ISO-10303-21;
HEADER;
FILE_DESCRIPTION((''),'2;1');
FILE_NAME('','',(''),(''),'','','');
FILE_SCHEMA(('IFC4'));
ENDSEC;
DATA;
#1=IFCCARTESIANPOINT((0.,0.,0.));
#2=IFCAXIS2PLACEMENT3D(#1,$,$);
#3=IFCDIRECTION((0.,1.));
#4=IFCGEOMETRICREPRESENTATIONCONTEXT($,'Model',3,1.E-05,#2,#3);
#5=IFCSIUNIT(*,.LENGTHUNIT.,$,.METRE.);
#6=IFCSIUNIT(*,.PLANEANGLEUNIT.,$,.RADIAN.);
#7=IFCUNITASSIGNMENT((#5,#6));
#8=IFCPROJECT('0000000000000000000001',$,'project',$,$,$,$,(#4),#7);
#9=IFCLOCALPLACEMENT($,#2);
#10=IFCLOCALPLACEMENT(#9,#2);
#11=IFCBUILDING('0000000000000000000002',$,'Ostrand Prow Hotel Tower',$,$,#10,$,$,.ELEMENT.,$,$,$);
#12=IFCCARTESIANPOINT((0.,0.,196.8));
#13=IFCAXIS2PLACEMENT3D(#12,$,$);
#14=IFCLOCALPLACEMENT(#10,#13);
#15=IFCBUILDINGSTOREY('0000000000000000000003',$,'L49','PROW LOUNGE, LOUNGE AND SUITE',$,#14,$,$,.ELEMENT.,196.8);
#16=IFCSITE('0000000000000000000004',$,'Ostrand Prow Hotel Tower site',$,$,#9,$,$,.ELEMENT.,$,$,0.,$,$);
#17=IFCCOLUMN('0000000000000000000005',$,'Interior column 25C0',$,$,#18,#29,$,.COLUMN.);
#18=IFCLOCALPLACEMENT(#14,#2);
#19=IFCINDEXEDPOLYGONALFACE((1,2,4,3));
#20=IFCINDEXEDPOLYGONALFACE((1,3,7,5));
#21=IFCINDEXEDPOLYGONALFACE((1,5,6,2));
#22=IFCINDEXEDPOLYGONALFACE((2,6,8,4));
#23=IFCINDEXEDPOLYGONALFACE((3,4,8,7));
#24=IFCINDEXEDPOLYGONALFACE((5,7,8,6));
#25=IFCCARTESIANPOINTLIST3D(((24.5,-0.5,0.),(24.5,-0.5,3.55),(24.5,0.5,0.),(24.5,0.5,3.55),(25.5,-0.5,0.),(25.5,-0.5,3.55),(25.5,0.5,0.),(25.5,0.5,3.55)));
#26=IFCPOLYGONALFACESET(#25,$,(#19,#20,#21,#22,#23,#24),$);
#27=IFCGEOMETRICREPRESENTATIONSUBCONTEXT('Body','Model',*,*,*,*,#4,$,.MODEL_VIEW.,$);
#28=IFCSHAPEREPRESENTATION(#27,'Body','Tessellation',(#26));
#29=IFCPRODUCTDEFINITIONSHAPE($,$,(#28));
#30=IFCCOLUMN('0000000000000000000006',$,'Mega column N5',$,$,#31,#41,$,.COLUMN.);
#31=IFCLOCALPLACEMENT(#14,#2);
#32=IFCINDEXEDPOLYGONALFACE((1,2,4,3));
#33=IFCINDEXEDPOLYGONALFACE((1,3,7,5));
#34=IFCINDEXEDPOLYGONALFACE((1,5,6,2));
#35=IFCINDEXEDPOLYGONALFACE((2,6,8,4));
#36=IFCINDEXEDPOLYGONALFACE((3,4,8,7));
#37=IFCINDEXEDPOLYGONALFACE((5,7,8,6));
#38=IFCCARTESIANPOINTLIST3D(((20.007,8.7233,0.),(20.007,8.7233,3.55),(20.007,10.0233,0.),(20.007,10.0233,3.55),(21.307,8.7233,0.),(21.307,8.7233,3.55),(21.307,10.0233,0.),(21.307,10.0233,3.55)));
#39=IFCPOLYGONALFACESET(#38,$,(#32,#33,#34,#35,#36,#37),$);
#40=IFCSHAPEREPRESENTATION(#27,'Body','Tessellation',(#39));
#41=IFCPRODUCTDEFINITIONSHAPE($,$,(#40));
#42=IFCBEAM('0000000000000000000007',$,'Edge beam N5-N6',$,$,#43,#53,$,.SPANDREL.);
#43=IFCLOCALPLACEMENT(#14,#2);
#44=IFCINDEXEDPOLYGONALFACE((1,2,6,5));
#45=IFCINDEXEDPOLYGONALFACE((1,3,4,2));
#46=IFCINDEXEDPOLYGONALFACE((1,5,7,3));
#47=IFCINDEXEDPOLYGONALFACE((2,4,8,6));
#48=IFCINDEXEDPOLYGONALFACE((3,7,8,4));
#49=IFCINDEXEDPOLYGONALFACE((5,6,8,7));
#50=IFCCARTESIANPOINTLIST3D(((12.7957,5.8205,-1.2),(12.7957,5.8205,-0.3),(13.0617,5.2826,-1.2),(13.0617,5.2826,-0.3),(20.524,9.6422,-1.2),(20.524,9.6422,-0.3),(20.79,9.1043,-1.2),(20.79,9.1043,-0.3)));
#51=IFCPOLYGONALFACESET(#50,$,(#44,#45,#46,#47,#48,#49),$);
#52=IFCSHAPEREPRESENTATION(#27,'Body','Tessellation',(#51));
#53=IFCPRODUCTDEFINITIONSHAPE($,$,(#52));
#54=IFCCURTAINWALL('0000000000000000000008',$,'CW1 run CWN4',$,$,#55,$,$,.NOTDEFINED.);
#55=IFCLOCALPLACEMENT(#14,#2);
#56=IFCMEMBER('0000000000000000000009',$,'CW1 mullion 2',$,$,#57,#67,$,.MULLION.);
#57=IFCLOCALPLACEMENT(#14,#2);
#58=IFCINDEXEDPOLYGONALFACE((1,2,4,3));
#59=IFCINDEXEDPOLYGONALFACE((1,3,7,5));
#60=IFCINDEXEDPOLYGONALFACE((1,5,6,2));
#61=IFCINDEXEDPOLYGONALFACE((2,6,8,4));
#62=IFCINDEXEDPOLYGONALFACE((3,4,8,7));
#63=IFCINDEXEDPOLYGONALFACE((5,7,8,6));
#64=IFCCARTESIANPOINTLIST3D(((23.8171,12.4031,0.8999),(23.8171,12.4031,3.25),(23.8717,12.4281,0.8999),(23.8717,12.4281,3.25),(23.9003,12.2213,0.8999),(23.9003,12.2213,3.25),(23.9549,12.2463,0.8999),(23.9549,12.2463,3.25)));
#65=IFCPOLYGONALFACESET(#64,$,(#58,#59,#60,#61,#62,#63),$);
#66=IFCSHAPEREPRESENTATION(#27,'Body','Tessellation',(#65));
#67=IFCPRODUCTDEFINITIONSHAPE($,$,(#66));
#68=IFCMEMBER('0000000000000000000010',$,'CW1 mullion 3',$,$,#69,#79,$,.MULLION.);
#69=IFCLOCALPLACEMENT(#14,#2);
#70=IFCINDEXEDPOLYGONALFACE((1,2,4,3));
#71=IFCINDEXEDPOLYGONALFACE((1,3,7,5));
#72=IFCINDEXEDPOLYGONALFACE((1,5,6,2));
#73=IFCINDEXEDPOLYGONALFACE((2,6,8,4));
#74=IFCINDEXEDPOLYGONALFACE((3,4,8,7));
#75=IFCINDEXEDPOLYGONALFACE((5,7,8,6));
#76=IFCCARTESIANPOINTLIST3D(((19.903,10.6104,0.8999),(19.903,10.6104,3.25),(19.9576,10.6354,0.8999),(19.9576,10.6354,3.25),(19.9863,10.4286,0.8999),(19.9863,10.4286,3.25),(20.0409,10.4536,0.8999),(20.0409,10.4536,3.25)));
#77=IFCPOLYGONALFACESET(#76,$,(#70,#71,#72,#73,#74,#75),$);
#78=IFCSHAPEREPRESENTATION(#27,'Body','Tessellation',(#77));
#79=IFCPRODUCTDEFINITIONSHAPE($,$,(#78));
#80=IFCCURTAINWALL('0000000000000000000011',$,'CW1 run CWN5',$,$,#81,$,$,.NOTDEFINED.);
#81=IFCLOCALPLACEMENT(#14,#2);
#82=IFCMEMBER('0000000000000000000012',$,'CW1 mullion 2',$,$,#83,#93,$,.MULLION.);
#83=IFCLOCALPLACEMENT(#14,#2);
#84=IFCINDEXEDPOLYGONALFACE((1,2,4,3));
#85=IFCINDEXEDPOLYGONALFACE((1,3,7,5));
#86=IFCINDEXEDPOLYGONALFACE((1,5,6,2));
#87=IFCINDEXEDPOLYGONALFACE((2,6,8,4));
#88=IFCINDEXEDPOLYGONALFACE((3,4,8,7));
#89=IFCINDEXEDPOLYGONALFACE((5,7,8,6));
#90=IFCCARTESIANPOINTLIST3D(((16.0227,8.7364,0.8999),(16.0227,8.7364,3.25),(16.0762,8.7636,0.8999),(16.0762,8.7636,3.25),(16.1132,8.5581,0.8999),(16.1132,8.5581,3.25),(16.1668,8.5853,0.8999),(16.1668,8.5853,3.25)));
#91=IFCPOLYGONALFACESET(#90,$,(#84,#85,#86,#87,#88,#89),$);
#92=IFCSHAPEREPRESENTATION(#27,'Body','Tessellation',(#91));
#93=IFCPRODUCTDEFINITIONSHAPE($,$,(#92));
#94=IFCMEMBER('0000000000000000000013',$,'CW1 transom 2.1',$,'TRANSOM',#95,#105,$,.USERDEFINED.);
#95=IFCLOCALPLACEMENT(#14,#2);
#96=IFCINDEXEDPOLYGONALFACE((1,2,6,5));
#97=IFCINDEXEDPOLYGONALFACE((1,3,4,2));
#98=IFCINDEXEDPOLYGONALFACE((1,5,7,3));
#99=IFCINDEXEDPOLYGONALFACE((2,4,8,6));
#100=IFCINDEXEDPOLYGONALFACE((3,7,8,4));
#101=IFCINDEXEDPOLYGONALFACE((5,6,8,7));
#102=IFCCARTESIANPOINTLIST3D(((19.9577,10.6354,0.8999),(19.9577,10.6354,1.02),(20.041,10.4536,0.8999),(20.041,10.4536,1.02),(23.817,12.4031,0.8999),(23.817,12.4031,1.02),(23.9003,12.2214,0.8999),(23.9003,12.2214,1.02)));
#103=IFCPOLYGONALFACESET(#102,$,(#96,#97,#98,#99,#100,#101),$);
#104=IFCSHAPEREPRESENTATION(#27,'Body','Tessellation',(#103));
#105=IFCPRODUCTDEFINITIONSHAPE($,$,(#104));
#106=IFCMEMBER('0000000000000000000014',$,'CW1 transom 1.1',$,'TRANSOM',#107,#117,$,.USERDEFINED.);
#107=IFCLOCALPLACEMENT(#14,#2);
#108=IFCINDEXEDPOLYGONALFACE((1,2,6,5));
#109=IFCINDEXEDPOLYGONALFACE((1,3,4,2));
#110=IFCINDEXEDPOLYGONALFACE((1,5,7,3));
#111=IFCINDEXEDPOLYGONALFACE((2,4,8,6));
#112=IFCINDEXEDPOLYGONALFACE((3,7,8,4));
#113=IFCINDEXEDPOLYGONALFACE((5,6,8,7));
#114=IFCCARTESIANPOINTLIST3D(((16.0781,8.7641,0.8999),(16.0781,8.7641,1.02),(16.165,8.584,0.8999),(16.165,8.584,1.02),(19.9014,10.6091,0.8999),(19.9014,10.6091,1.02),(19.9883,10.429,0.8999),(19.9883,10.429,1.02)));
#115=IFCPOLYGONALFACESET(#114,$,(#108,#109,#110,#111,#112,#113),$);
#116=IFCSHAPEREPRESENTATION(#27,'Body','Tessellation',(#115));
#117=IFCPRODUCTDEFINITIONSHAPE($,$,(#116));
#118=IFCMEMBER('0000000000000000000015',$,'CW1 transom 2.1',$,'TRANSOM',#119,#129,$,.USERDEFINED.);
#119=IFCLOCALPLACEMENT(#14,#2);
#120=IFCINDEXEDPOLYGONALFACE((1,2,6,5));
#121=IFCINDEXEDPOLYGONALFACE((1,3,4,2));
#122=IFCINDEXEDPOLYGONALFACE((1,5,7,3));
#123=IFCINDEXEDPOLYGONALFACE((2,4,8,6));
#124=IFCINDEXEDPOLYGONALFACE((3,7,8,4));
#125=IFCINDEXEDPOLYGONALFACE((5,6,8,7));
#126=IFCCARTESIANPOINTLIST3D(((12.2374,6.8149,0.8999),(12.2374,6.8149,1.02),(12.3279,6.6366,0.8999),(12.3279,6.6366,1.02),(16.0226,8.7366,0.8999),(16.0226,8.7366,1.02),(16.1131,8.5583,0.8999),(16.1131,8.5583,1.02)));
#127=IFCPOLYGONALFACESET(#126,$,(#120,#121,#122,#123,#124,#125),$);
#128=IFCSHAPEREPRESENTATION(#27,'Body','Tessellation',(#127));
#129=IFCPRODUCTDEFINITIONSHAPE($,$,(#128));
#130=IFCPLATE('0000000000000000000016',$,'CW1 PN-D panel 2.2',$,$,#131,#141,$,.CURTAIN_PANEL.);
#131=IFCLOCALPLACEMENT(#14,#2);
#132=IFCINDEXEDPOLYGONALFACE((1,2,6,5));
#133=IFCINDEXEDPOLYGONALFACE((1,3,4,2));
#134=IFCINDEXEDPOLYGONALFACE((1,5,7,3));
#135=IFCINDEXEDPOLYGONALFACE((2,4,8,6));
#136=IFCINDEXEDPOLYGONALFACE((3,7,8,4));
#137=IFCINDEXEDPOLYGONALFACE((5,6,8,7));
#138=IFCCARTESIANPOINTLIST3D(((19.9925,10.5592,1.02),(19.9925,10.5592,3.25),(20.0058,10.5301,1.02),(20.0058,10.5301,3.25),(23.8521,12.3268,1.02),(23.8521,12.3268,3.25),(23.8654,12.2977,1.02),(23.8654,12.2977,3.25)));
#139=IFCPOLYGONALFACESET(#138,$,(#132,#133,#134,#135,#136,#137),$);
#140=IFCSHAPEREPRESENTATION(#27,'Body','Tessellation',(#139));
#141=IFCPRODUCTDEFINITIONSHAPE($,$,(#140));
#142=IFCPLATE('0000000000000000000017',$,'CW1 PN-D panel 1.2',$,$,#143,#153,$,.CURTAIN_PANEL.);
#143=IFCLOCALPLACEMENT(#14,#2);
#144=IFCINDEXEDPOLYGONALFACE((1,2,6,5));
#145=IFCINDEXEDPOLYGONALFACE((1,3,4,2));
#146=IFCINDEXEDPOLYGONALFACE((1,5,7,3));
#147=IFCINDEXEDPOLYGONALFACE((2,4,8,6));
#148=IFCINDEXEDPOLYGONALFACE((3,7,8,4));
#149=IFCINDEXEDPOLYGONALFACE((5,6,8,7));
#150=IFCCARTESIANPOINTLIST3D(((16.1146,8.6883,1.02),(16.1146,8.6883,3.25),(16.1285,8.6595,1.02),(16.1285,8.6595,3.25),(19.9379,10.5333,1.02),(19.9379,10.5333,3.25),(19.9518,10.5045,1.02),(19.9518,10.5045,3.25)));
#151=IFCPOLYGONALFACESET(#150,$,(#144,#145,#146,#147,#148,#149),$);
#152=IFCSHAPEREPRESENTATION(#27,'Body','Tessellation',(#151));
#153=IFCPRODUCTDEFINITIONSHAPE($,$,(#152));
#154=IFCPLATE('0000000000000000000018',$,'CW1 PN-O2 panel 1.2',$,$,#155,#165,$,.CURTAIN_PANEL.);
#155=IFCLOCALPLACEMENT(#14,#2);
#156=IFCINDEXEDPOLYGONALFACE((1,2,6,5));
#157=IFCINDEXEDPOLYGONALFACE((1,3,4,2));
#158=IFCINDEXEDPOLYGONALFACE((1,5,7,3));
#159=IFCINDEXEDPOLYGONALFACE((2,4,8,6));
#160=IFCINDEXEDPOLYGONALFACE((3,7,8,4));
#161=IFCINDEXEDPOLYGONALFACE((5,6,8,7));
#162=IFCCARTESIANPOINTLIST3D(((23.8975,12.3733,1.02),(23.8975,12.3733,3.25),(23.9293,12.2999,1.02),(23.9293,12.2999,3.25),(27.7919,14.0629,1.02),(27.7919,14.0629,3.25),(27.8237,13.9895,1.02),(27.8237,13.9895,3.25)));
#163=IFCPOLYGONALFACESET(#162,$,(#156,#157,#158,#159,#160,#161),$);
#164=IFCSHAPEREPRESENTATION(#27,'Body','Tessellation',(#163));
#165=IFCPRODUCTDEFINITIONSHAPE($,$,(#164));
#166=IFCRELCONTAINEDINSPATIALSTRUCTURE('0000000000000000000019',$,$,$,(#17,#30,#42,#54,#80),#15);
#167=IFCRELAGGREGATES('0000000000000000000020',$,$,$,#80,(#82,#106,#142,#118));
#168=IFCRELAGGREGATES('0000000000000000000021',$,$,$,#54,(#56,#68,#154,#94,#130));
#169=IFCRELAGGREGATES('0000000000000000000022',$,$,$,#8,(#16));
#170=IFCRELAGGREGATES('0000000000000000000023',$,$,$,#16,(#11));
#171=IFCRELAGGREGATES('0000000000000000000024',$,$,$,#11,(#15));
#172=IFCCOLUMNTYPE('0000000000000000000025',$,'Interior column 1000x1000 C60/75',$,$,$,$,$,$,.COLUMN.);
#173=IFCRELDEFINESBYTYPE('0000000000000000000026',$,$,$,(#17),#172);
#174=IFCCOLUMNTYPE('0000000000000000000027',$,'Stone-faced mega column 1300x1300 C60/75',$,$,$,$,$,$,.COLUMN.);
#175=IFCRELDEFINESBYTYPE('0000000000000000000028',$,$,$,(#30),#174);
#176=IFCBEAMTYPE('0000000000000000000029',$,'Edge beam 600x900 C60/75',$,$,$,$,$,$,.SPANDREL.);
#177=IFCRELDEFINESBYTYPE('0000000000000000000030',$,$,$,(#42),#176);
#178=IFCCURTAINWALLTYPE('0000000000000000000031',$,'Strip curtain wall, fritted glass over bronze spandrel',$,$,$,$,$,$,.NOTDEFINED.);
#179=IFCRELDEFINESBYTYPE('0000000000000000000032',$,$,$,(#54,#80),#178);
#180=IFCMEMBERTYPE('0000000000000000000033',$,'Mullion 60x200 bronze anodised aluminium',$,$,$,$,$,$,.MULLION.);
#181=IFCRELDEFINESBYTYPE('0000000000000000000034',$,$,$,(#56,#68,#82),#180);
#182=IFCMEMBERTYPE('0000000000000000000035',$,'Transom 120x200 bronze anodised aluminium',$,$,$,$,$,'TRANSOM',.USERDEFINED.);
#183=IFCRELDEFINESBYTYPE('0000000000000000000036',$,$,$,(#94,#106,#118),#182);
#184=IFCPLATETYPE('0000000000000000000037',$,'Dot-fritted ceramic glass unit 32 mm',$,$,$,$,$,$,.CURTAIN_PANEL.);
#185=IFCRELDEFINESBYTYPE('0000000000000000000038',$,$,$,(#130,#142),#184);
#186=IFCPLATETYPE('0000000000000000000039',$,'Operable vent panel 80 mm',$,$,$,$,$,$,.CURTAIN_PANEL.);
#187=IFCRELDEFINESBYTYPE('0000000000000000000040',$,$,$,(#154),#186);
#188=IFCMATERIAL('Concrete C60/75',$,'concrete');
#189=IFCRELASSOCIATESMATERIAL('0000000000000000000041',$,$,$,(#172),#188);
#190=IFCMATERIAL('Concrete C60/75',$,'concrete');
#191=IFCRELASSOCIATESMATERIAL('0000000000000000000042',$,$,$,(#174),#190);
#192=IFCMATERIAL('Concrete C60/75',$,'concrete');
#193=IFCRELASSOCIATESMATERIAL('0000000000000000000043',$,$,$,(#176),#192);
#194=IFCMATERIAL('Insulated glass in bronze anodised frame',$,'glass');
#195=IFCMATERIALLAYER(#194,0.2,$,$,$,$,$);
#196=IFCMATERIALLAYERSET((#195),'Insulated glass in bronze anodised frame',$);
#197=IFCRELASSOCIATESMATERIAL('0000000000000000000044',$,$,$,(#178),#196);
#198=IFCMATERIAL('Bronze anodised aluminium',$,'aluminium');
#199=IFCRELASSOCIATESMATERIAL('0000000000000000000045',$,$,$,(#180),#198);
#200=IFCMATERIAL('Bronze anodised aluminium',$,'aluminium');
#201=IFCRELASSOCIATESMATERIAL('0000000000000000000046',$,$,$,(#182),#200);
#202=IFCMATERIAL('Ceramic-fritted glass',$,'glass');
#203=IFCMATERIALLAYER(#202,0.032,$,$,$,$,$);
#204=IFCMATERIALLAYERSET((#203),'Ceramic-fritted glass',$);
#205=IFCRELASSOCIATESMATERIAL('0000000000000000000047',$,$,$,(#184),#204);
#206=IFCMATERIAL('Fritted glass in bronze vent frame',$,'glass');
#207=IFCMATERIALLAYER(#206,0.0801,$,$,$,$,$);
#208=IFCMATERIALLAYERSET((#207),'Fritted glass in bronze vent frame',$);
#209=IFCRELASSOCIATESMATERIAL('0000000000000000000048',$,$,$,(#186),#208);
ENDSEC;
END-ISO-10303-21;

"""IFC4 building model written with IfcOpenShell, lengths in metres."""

from ifc_helpers import new_model, si_unit, direction, frame, origin, origin_2d, place, context, subcontext, project, spatial, rectangle, extrude, material, layer, layer_set, material_profile, profile_set, type_object, element, aggregate, save


model = new_model("IFC4")

# Units and contexts
model_context = context("Model", 3, precision=1e-05, world=origin(), true_north=direction((0.0, 1.0)))
body_context = subcontext(model_context, "Body", "Model", "MODEL_VIEW")
ifc_project = project(units=[si_unit("LENGTHUNIT", "METRE"), si_unit("PLANEANGLEUNIT", "RADIAN")], contexts=[model_context])

# Site, building, storey
site_placement = place(None, origin())
site = spatial("IfcSite", under=ifc_project, at=site_placement, Name="Ostrand Prow Hotel Tower site", CompositionType="ELEMENT", RefElevation=0.0)
building_placement = place(site_placement, origin())
building = spatial("IfcBuilding", under=site, at=building_placement, Name="Ostrand Prow Hotel Tower", CompositionType="ELEMENT")
storey_placement = place(building_placement, frame((0.0, 0.0, 196.8)))
storey = spatial("IfcBuildingStorey", under=building, at=storey_placement, Name="L49", Description="PROW LOUNGE, LOUNGE AND SUITE", CompositionType="ELEMENT", Elevation=196.8)

# Columns
ifc_material_1 = material(Name="Concrete C60/75", Category="concrete")
ifc_material_profile_1 = material_profile(ifc_material_1, rectangle(XDim=1.0, YDim=1.0, at=origin_2d()), Name="RC 1000x1000")
ifc_profile_set_1 = profile_set([ifc_material_profile_1], Name="Concrete C60/75")
column_type_1 = type_object("IfcColumnType", Name="Interior column 1000x1000 C60/75", PredefinedType="COLUMN", material=ifc_profile_set_1)
column_1_placement = place(storey_placement, frame((25.0, 0.0, 0.0), z_axis=(0.0, 0.0, 1.0), x_axis=(1.0, 0.0, 0.0)))
element("IfcColumn", 1, at=column_1_placement, inside=storey, type_object=column_type_1, Name="Interior column 25C0", PredefinedType="COLUMN", context=body_context, shape_type="SweptSolid", body=[
    extrude(rectangle(XDim=1.0, YDim=1.0, at=origin_2d()), origin(), (0.0, 0.0, 1.0), 3.55),
])
ifc_material_2 = material(Name="Concrete C60/75", Category="concrete")
ifc_material_profile_2 = material_profile(ifc_material_2, rectangle(XDim=1.3, YDim=1.3, at=origin_2d()), Name="RC 1300x1300")
ifc_profile_set_2 = profile_set([ifc_material_profile_2], Name="Concrete C60/75")
column_type_2 = type_object("IfcColumnType", Name="Stone-faced mega column 1300x1300 C60/75", PredefinedType="COLUMN", material=ifc_profile_set_2)
column_2_placement = place(storey_placement, frame((20.657, 9.3733, 0.0), z_axis=(0.0, 0.0, 1.0), x_axis=(1.0, 0.0, 0.0)))
element("IfcColumn", 2, at=column_2_placement, inside=storey, type_object=column_type_2, Name="Mega column N5", PredefinedType="COLUMN", context=body_context, shape_type="SweptSolid", body=[
    extrude(rectangle(XDim=1.3, YDim=1.3, at=origin_2d()), origin(), (0.0, 0.0, 1.0), 3.55),
])

# Beam
ifc_material_3 = material(Name="Concrete C60/75", Category="concrete")
ifc_material_profile_3 = material_profile(ifc_material_3, rectangle(XDim=0.6001, YDim=0.8999, at=origin_2d()), Name="RC 600x900")
ifc_profile_set_3 = profile_set([ifc_material_profile_3], Name="Concrete C60/75")
beam_type = type_object("IfcBeamType", Name="Edge beam 600x900 C60/75", PredefinedType="SPANDREL", material=ifc_profile_set_3)
beam_placement = place(storey_placement, frame((20.657, 9.3733, -0.75), z_axis=(-0.896384, -0.443279, 0.0), x_axis=(0.443279, -0.896384, 0.0)))
element("IfcBeam", 3, at=beam_placement, inside=storey, type_object=beam_type, Name="Edge beam N5-N6", PredefinedType="SPANDREL", context=body_context, shape_type="SweptSolid", body=[
    extrude(rectangle(XDim=0.6001, YDim=0.8999, at=origin_2d()), origin(), (0.0, 0.0, 1.0), 8.6216),
])

# Curtain wall, members
ifc_material_4 = material(Name="Insulated glass in bronze anodised frame", Category="glass")
ifc_layer_1 = layer(ifc_material_4, 0.2)
ifc_layer_set_1 = layer_set([ifc_layer_1], Name="Insulated glass in bronze anodised frame")
curtain_wall_type = type_object("IfcCurtainWallType", Name="Strip curtain wall, fritted glass over bronze spandrel", PredefinedType="NOTDEFINED", material=ifc_layer_set_1)
curtain_wall_1_placement = place(storey_placement, origin())
curtain_wall_1 = element("IfcCurtainWall", 4, at=curtain_wall_1_placement, inside=storey, type_object=curtain_wall_type, Name="CW1 run CWN4", PredefinedType="NOTDEFINED")
ifc_material_5 = material(Name="Bronze anodised aluminium", Category="aluminium")
ifc_material_profile_4 = material_profile(ifc_material_5, rectangle(XDim=0.2, YDim=0.0601, at=origin_2d()), Name="Mullion 60x200 bronze anodised aluminium")
ifc_profile_set_4 = profile_set([ifc_material_profile_4], Name="Bronze anodised aluminium")
member_type_1 = type_object("IfcMemberType", Name="Mullion 60x200 bronze anodised aluminium", PredefinedType="MULLION", material=ifc_profile_set_4)
member_1_placement = place(storey_placement, frame((23.886, 12.3247, 0.8999), z_axis=(0.0, 0.0, 1.0), x_axis=(0.416393, -0.909185, 0.0)))
member_1 = element("IfcMember", 5, at=member_1_placement, type_object=member_type_1, Name="CW1 mullion 2", PredefinedType="MULLION", context=body_context, shape_type="SweptSolid", body=[
    extrude(rectangle(XDim=0.2, YDim=0.0601, at=origin_2d()), origin(), (0.0, 0.0, 1.0), 2.3501),
])
member_2_placement = place(storey_placement, frame((19.9719, 10.532, 0.8999), z_axis=(0.0, 0.0, 1.0), x_axis=(0.416393, -0.909185, 0.0)))
member_2 = element("IfcMember", 6, at=member_2_placement, type_object=member_type_1, Name="CW1 mullion 3", PredefinedType="MULLION", context=body_context, shape_type="SweptSolid", body=[
    extrude(rectangle(XDim=0.2, YDim=0.0601, at=origin_2d()), origin(), (0.0, 0.0, 1.0), 2.3501),
])

# Curtain wall, member
curtain_wall_2_placement = place(storey_placement, origin())
curtain_wall_2 = element("IfcCurtainWall", 7, at=curtain_wall_2_placement, inside=storey, type_object=curtain_wall_type, Name="CW1 run CWN5", PredefinedType="NOTDEFINED")
member_3_placement = place(storey_placement, frame((16.0947, 8.6609, 0.8999), z_axis=(0.0, 0.0, 1.0), x_axis=(0.452659, -0.891684, 0.0)))
member_3 = element("IfcMember", 8, at=member_3_placement, type_object=member_type_1, Name="CW1 mullion 2", PredefinedType="MULLION", context=body_context, shape_type="SweptSolid", body=[
    extrude(rectangle(XDim=0.2, YDim=0.0601, at=origin_2d()), origin(), (0.0, 0.0, 1.0), 2.3501),
])

# Members
ifc_material_6 = material(Name="Bronze anodised aluminium", Category="aluminium")
ifc_material_profile_5 = material_profile(ifc_material_6, rectangle(XDim=0.2, YDim=0.1201, at=origin_2d()), Name="Transom 120x200 bronze anodised aluminium")
ifc_profile_set_5 = profile_set([ifc_material_profile_5], Name="Bronze anodised aluminium")
member_type_2 = type_object("IfcMemberType", Name="Transom 120x200 bronze anodised aluminium", ElementType="TRANSOM", PredefinedType="USERDEFINED", material=ifc_profile_set_5)
member_4_placement = place(storey_placement, frame((23.8586, 12.3123, 0.96), z_axis=(-0.909159, -0.416449, 0.0), x_axis=(0.416449, -0.909159, 0.0)))
member_4 = element("IfcMember", 9, at=member_4_placement, type_object=member_type_2, Name="CW1 transom 2.1", ObjectType="TRANSOM", PredefinedType="USERDEFINED", context=body_context, shape_type="SweptSolid", body=[
    extrude(rectangle(XDim=0.2, YDim=0.1201, at=origin_2d()), origin(), (0.0, 0.0, 1.0), 4.2449),
])
member_5_placement = place(storey_placement, frame((19.9448, 10.519, 0.96), z_axis=(-0.900619, -0.434609, 0.0), x_axis=(0.434609, -0.900619, 0.0)))
member_5 = element("IfcMember", 10, at=member_5_placement, type_object=member_type_2, Name="CW1 transom 1.1", ObjectType="TRANSOM", PredefinedType="USERDEFINED", context=body_context, shape_type="SweptSolid", body=[
    extrude(rectangle(XDim=0.2, YDim=0.1201, at=origin_2d()), origin(), (0.0, 0.0, 1.0), 4.2451),
])
member_6_placement = place(storey_placement, frame((16.0679, 8.6475, 0.96), z_axis=(-0.891673, -0.45268, 0.0), x_axis=(0.45268, -0.891673, 0.0)))
member_6 = element("IfcMember", 11, at=member_6_placement, type_object=member_type_2, Name="CW1 transom 2.1", ObjectType="TRANSOM", PredefinedType="USERDEFINED", context=body_context, shape_type="SweptSolid", body=[
    extrude(rectangle(XDim=0.2, YDim=0.1201, at=origin_2d()), origin(), (0.0, 0.0, 1.0), 4.2451),
])

# Plates
ifc_material_7 = material(Name="Ceramic-fritted glass", Category="glass")
ifc_layer_2 = layer(ifc_material_7, 0.032)
ifc_layer_set_2 = layer_set([ifc_layer_2], Name="Ceramic-fritted glass")
plate_type_1 = type_object("IfcPlateType", Name="Dot-fritted ceramic glass unit 32 mm", PredefinedType="CURTAIN_PANEL", material=ifc_layer_set_2)
plate_1_placement = place(storey_placement, frame((21.929, 11.4285, 1.02), z_axis=(0.0, 0.0, 1.0), x_axis=(-0.909185, -0.416393, 0.0)))
plate_1 = element("IfcPlate", 12, at=plate_1_placement, type_object=plate_type_1, Name="CW1 PN-D panel 2.2", PredefinedType="CURTAIN_PANEL", context=body_context, shape_type="SweptSolid", body=[
    extrude(rectangle(XDim=4.2451, YDim=0.032, at=origin_2d()), origin(), (0.0, 0.0, 1.0), 2.23),
])
plate_2_placement = place(storey_placement, frame((18.0332, 9.5964, 1.02), z_axis=(0.0, 0.0, 1.0), x_axis=(-0.900616, -0.434615, 0.0)))
plate_2 = element("IfcPlate", 13, at=plate_2_placement, type_object=plate_type_1, Name="CW1 PN-D panel 1.2", PredefinedType="CURTAIN_PANEL", context=body_context, shape_type="SweptSolid", body=[
    extrude(rectangle(XDim=4.2451, YDim=0.032, at=origin_2d()), origin(), (0.0, 0.0, 1.0), 2.23),
])
aggregate(curtain_wall_2, [member_3, member_5, plate_2, member_6])
ifc_material_8 = material(Name="Fritted glass in bronze vent frame", Category="glass")
ifc_layer_3 = layer(ifc_material_8, 0.0801)
ifc_layer_set_3 = layer_set([ifc_layer_3], Name="Fritted glass in bronze vent frame")
plate_type_2 = type_object("IfcPlateType", Name="Operable vent panel 80 mm", PredefinedType="CURTAIN_PANEL", material=ifc_layer_set_3)
plate_3_placement = place(storey_placement, frame((25.8606, 13.1814, 1.02), z_axis=(0.0, 0.0, 1.0), x_axis=(-0.917383, -0.398005, 0.0)))
plate_3 = element("IfcPlate", 14, at=plate_3_placement, type_object=plate_type_2, Name="CW1 PN-O2 panel 1.2", PredefinedType="CURTAIN_PANEL", context=body_context, shape_type="SweptSolid", body=[
    extrude(rectangle(XDim=4.2451, YDim=0.0801, at=origin_2d()), origin(), (0.0, 0.0, 1.0), 2.23),
])
aggregate(curtain_wall_1, [member_1, member_2, plate_3, member_4, plate_1])

save(model, "model.ifc")
